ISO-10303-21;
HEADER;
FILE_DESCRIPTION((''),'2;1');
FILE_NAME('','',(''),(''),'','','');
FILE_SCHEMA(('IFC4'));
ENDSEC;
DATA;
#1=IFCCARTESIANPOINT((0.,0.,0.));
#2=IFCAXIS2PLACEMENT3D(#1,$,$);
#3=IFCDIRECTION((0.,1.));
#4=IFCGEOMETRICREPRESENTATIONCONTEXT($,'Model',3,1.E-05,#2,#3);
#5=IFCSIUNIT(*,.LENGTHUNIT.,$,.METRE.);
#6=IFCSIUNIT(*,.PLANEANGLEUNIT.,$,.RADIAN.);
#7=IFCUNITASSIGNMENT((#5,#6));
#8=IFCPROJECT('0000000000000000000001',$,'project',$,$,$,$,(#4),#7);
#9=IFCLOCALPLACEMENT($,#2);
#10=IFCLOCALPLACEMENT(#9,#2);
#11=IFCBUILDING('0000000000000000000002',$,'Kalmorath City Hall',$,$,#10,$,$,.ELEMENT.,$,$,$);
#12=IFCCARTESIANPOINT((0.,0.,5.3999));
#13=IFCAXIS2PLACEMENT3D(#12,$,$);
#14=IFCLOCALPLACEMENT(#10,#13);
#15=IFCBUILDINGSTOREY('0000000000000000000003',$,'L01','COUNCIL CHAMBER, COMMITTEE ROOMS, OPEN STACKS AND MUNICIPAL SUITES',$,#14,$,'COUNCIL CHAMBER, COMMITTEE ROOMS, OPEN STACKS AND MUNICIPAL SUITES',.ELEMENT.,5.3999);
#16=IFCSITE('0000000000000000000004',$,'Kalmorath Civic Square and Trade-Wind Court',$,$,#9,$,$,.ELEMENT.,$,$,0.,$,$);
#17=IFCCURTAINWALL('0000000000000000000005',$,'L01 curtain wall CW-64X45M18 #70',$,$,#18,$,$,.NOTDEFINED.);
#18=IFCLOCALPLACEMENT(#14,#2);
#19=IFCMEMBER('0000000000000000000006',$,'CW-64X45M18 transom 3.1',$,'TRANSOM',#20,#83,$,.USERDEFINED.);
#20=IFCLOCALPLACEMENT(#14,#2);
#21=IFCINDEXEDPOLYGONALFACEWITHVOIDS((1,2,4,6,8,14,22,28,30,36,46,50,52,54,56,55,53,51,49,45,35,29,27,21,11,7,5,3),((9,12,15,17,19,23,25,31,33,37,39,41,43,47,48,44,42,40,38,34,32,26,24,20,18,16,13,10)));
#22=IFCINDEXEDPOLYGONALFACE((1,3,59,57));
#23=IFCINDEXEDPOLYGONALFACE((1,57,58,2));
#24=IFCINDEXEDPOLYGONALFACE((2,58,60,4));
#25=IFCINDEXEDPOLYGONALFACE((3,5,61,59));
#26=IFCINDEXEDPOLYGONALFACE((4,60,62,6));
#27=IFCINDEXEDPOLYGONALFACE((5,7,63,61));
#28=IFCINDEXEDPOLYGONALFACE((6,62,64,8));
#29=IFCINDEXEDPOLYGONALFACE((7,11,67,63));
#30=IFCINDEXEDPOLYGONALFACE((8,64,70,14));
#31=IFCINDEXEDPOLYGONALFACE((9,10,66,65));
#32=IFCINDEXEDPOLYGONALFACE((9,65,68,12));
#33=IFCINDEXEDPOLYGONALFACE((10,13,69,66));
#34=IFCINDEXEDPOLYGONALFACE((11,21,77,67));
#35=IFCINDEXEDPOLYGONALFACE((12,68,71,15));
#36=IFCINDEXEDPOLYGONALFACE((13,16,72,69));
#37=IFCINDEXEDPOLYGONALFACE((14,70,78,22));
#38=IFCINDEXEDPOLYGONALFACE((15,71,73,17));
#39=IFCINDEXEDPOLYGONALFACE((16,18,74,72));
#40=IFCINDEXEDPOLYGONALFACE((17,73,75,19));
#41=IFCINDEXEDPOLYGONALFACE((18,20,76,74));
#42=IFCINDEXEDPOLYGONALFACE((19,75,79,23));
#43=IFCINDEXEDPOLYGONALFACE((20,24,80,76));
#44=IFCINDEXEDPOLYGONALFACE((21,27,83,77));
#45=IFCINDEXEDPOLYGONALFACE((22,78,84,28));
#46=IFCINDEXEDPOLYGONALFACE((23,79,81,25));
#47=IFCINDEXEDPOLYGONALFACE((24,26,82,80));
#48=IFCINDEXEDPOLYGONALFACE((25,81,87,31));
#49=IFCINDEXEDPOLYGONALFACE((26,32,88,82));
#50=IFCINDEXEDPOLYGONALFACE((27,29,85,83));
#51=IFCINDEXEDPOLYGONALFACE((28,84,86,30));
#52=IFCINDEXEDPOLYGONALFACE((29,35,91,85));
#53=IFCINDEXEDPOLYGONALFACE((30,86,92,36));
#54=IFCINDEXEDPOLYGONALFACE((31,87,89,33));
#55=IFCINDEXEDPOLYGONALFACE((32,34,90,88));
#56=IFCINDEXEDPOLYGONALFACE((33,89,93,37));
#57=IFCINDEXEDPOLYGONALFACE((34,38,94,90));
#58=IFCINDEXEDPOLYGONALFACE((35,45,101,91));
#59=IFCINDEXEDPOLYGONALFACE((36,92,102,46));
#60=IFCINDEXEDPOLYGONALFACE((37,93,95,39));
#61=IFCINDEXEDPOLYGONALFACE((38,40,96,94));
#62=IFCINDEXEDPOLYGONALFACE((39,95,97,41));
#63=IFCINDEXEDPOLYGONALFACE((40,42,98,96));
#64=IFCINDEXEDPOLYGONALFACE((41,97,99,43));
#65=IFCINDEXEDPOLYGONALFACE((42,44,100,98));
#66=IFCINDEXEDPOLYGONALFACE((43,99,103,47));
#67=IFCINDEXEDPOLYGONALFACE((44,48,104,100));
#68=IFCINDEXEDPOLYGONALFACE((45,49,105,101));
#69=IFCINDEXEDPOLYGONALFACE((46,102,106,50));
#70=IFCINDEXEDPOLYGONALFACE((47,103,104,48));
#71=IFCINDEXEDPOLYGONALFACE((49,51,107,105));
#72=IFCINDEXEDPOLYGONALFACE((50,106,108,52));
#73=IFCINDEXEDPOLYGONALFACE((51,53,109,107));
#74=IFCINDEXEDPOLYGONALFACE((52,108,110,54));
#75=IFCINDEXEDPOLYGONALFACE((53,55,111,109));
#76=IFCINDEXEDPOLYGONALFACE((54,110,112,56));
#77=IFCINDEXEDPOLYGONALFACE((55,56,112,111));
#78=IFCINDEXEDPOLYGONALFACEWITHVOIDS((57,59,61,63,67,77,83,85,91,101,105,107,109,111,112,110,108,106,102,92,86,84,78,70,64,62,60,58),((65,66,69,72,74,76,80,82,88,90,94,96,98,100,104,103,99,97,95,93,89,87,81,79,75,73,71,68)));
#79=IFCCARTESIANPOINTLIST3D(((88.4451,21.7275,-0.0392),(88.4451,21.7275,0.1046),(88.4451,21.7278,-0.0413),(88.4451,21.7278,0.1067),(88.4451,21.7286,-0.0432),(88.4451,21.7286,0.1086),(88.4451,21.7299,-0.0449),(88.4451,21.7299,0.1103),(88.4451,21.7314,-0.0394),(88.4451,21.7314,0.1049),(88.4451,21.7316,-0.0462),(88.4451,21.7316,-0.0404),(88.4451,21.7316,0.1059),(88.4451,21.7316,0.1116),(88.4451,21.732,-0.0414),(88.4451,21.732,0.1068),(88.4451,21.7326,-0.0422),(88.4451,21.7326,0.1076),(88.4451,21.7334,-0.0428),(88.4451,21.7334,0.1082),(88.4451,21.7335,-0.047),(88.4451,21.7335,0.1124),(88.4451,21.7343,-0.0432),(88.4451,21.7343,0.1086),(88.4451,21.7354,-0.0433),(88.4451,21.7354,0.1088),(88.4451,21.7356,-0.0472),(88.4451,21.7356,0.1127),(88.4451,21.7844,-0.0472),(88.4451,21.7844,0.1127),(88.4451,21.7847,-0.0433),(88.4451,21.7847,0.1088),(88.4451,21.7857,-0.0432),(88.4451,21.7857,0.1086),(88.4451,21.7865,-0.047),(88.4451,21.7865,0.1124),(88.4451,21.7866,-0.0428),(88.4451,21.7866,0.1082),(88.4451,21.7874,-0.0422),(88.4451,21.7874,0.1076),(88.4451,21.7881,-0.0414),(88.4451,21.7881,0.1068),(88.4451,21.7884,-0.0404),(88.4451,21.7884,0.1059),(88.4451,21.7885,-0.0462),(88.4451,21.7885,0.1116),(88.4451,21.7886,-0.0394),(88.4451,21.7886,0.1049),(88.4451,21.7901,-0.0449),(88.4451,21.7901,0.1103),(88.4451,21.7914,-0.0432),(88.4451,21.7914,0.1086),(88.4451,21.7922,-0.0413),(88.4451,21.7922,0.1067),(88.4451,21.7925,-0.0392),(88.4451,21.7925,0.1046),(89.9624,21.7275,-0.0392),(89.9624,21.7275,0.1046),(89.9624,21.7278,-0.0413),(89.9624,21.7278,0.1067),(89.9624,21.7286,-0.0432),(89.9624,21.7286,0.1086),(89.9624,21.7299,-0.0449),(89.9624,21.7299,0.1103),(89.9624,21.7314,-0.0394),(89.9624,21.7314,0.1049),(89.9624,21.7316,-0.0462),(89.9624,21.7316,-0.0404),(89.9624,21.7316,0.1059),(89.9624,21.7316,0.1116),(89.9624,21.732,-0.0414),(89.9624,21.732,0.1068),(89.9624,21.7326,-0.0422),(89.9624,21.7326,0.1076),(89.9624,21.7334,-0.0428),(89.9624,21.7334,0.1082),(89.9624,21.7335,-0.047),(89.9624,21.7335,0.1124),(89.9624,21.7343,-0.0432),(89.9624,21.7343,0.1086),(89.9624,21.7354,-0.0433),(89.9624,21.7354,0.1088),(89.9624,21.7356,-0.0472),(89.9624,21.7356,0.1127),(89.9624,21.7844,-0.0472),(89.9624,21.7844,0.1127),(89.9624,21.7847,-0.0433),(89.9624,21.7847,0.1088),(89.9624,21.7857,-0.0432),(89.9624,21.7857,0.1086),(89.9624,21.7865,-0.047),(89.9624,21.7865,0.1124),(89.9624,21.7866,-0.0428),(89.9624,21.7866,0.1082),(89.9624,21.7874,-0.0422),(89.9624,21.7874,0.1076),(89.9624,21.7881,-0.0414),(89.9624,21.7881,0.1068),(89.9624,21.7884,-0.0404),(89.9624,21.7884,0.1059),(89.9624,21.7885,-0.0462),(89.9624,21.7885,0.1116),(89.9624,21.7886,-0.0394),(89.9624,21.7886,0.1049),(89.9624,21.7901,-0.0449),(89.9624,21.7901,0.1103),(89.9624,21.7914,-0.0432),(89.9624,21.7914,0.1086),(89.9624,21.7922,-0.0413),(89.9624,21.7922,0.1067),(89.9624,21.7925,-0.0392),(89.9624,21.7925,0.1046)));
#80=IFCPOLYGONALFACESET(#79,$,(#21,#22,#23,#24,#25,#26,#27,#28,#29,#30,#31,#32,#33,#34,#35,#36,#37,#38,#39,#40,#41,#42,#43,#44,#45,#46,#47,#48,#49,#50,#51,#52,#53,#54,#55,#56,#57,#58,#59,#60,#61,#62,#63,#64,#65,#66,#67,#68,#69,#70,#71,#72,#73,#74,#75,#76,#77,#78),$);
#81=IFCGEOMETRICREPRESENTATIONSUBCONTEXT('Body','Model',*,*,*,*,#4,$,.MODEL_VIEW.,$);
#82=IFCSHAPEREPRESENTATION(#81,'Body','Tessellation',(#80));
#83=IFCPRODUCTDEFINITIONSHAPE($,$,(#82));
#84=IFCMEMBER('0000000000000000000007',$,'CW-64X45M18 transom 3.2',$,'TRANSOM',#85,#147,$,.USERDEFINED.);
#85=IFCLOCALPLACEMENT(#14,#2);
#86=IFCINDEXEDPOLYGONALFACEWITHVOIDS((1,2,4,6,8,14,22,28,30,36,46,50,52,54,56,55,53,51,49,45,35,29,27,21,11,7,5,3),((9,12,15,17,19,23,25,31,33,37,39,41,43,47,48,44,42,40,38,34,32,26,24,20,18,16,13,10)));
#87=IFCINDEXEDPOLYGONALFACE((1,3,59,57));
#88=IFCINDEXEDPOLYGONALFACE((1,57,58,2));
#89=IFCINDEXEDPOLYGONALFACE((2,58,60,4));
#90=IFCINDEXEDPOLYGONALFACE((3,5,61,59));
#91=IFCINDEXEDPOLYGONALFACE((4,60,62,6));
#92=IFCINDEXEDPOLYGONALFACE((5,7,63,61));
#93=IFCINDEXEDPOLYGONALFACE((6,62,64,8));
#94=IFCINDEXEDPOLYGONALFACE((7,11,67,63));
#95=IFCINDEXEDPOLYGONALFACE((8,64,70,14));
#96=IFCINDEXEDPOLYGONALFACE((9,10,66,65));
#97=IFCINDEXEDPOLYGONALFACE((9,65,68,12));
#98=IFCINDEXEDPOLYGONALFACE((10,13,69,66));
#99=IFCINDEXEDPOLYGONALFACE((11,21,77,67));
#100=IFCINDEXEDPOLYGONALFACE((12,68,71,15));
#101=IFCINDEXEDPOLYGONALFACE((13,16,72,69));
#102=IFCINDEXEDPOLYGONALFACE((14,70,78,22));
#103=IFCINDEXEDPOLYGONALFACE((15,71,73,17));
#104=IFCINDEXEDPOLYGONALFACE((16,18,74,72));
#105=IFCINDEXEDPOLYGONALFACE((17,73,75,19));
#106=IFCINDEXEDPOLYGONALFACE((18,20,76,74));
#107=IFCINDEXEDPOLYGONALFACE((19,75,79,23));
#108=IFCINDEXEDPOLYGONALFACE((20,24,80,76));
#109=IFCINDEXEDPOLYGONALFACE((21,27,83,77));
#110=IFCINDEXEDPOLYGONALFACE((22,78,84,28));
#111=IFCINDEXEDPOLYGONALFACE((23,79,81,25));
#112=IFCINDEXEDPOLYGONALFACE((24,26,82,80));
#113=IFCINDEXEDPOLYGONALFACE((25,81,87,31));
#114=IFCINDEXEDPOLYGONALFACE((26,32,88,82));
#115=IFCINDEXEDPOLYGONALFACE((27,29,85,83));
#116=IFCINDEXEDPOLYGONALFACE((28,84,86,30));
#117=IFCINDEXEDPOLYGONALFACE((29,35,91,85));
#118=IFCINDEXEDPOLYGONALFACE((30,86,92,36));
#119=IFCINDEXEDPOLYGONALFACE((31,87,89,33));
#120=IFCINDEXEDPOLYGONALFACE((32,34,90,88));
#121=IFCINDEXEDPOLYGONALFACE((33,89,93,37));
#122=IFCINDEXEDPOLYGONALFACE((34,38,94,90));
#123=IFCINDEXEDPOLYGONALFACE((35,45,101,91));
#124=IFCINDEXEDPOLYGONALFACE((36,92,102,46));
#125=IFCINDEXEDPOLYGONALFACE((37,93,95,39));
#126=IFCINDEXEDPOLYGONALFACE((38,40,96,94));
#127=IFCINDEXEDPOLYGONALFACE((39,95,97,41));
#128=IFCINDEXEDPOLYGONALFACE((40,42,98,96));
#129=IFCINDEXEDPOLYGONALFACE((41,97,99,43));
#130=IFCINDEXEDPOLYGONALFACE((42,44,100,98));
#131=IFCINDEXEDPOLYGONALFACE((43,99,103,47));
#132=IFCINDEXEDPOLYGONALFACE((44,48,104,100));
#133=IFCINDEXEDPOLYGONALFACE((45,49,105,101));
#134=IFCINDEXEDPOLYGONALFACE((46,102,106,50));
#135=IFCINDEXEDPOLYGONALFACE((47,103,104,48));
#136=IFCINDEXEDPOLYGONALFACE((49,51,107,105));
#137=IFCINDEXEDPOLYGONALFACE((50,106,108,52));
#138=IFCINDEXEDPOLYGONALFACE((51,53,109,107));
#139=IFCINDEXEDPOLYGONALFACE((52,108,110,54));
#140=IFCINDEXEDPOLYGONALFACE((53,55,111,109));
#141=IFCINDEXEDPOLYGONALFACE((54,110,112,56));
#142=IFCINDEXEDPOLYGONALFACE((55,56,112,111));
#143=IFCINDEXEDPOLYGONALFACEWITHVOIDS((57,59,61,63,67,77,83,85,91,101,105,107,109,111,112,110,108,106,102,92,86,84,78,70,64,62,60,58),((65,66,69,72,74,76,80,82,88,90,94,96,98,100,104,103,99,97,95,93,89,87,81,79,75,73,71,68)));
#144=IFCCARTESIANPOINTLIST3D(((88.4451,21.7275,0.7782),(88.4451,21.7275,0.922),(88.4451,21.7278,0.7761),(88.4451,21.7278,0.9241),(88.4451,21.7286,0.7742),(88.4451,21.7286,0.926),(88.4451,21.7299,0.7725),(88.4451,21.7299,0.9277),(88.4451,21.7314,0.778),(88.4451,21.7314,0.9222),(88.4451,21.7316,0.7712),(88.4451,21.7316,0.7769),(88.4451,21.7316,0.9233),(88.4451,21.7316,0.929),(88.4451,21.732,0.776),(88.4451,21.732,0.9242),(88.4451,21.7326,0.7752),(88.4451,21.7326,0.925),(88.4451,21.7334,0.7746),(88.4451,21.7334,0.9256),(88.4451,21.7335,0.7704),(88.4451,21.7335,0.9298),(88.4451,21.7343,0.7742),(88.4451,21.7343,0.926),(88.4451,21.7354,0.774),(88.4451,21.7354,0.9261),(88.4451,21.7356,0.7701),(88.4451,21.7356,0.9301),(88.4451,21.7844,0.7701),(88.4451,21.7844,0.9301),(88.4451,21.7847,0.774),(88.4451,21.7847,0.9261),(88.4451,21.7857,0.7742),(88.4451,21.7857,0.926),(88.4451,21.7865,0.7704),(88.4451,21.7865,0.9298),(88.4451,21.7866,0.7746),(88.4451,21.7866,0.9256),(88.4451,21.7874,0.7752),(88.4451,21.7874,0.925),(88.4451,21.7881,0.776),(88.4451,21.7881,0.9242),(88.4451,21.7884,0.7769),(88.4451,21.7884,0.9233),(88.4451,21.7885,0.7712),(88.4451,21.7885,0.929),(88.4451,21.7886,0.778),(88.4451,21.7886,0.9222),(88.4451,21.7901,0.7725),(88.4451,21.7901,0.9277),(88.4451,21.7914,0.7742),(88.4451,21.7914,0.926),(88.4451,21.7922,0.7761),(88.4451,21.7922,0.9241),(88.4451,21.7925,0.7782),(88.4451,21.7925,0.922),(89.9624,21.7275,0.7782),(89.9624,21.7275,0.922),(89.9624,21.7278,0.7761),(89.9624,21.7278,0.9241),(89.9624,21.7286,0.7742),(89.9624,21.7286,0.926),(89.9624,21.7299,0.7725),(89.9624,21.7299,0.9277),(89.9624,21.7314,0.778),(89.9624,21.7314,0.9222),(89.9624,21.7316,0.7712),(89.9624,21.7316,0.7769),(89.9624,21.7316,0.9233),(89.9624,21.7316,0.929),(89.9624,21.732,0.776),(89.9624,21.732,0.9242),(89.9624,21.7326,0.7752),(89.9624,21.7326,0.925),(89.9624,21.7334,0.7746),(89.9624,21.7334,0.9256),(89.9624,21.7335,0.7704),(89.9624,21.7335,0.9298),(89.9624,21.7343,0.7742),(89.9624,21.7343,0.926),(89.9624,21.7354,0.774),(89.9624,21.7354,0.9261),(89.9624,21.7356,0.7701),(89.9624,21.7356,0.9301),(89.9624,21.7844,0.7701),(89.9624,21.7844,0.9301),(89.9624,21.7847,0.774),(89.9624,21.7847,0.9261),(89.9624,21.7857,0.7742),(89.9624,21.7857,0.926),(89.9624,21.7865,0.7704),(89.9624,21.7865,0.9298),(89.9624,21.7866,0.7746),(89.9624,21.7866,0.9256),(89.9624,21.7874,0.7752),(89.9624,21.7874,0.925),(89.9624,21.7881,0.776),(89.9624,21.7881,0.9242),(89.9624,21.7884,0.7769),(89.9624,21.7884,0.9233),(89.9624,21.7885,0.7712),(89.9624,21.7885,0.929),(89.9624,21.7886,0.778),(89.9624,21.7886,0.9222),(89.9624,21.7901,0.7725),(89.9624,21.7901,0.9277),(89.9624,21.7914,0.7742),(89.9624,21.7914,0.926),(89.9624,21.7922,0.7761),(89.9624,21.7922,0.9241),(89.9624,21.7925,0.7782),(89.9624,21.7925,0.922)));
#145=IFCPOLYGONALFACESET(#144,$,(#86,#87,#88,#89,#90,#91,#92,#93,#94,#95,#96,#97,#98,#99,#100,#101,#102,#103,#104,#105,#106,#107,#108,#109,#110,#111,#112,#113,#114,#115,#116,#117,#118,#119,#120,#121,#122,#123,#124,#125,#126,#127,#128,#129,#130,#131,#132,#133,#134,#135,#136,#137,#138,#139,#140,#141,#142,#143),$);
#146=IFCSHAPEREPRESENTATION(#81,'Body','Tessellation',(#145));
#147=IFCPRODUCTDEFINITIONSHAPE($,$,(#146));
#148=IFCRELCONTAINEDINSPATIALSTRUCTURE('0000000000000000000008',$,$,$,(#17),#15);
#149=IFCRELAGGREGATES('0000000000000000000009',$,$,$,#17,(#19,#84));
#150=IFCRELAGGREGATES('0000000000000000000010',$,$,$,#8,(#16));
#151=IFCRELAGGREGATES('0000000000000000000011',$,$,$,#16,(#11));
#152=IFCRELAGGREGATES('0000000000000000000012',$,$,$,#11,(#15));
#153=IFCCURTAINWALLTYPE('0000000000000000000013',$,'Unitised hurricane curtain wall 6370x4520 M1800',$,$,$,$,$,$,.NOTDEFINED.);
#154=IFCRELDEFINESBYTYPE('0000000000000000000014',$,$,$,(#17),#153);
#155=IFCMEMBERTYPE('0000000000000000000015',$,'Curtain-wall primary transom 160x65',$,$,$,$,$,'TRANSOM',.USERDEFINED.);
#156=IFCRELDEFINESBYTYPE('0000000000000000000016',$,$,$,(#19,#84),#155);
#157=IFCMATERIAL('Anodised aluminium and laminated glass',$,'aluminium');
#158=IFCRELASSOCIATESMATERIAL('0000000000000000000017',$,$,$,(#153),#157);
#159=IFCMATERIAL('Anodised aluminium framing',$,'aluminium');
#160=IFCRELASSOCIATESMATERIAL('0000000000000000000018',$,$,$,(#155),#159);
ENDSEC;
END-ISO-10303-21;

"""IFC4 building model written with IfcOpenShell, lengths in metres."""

from ifc_helpers import new_model, si_unit, direction, frame, origin, origin_2d, place, context, subcontext, project, spatial, hollow_rectangle, extrude, material, material_profile, profile_set, type_object, element, aggregate, save


model = new_model("IFC4")

# Units and contexts
model_context = context("Model", 3, precision=1e-05, world=origin(), true_north=direction((0.0, 1.0)))
body_context = subcontext(model_context, "Body", "Model", "MODEL_VIEW")
ifc_project = project(units=[si_unit("LENGTHUNIT", "METRE"), si_unit("PLANEANGLEUNIT", "RADIAN")], contexts=[model_context])

# Site, building, storey
site_placement = place(None, origin())
site = spatial("IfcSite", under=ifc_project, at=site_placement, Name="Kalmorath Civic Square and Trade-Wind Court", CompositionType="ELEMENT", RefElevation=0.0)
building_placement = place(site_placement, origin())
building = spatial("IfcBuilding", under=site, at=building_placement, Name="Kalmorath City Hall", CompositionType="ELEMENT")
storey_placement = place(building_placement, frame((0.0, 0.0, 5.3999)))
storey = spatial("IfcBuildingStorey", under=building, at=storey_placement, Name="L01", Description="COUNCIL CHAMBER, COMMITTEE ROOMS, OPEN STACKS AND MUNICIPAL SUITES", LongName="COUNCIL CHAMBER, COMMITTEE ROOMS, OPEN STACKS AND MUNICIPAL SUITES", CompositionType="ELEMENT", Elevation=5.3999)

# Curtain wall, members
ifc_material_1 = material(Name="Anodised aluminium and laminated glass", Category="aluminium")
curtain_wall_type = type_object("IfcCurtainWallType", Name="Unitised hurricane curtain wall 6370x4520 M1800", PredefinedType="NOTDEFINED", material=ifc_material_1)
curtain_wall_placement = place(storey_placement, origin())
curtain_wall = element("IfcCurtainWall", 1, at=curtain_wall_placement, inside=storey, type_object=curtain_wall_type, Name="L01 curtain wall CW-64X45M18 #70", PredefinedType="NOTDEFINED")
ifc_material_2 = material(Name="Anodised aluminium framing", Category="aluminium")
ifc_material_profile_1 = material_profile(ifc_material_2, hollow_rectangle(XDim=0.0649, YDim=0.1599, WallThickness=0.0039, InnerFilletRadius=0.0039, OuterFilletRadius=0.0081, at=origin_2d()), Name="ALU-TRN-160X65X4")
ifc_profile_set_1 = profile_set([ifc_material_profile_1], Name="Anodised aluminium framing")
member_type_1 = type_object("IfcMemberType", Name="Curtain-wall primary transom 160x65", ElementType="TRANSOM", PredefinedType="USERDEFINED", material=ifc_profile_set_1)
member_1_placement = place(storey_placement, frame((89.9624, 21.76, 0.0327), z_axis=(-1.0, 0.0, 0.0), x_axis=(0.0, -1.0, 0.0)))
member_1 = element("IfcMember", 2, at=member_1_placement, type_object=member_type_1, Name="CW-64X45M18 transom 3.1", ObjectType="TRANSOM", PredefinedType="USERDEFINED", context=body_context, shape_type="SweptSolid", body=[
    extrude(hollow_rectangle(XDim=0.0649, YDim=0.1599, WallThickness=0.0039, InnerFilletRadius=0.0039, OuterFilletRadius=0.0081, at=origin_2d()), origin(), (0.0, 0.0, 1.0), 1.5173),
])
member_2_placement = place(storey_placement, frame((89.9624, 21.76, 0.8501), z_axis=(-1.0, 0.0, 0.0), x_axis=(0.0, -1.0, 0.0)))
member_2 = element("IfcMember", 3, at=member_2_placement, type_object=member_type_1, Name="CW-64X45M18 transom 3.2", ObjectType="TRANSOM", PredefinedType="USERDEFINED", context=body_context, shape_type="SweptSolid", body=[
    extrude(hollow_rectangle(XDim=0.0649, YDim=0.1599, WallThickness=0.0039, InnerFilletRadius=0.0039, OuterFilletRadius=0.0081, at=origin_2d()), origin(), (0.0, 0.0, 1.0), 1.5173),
])

aggregate(curtain_wall, [member_1, member_2])

save(model, "model.ifc")
